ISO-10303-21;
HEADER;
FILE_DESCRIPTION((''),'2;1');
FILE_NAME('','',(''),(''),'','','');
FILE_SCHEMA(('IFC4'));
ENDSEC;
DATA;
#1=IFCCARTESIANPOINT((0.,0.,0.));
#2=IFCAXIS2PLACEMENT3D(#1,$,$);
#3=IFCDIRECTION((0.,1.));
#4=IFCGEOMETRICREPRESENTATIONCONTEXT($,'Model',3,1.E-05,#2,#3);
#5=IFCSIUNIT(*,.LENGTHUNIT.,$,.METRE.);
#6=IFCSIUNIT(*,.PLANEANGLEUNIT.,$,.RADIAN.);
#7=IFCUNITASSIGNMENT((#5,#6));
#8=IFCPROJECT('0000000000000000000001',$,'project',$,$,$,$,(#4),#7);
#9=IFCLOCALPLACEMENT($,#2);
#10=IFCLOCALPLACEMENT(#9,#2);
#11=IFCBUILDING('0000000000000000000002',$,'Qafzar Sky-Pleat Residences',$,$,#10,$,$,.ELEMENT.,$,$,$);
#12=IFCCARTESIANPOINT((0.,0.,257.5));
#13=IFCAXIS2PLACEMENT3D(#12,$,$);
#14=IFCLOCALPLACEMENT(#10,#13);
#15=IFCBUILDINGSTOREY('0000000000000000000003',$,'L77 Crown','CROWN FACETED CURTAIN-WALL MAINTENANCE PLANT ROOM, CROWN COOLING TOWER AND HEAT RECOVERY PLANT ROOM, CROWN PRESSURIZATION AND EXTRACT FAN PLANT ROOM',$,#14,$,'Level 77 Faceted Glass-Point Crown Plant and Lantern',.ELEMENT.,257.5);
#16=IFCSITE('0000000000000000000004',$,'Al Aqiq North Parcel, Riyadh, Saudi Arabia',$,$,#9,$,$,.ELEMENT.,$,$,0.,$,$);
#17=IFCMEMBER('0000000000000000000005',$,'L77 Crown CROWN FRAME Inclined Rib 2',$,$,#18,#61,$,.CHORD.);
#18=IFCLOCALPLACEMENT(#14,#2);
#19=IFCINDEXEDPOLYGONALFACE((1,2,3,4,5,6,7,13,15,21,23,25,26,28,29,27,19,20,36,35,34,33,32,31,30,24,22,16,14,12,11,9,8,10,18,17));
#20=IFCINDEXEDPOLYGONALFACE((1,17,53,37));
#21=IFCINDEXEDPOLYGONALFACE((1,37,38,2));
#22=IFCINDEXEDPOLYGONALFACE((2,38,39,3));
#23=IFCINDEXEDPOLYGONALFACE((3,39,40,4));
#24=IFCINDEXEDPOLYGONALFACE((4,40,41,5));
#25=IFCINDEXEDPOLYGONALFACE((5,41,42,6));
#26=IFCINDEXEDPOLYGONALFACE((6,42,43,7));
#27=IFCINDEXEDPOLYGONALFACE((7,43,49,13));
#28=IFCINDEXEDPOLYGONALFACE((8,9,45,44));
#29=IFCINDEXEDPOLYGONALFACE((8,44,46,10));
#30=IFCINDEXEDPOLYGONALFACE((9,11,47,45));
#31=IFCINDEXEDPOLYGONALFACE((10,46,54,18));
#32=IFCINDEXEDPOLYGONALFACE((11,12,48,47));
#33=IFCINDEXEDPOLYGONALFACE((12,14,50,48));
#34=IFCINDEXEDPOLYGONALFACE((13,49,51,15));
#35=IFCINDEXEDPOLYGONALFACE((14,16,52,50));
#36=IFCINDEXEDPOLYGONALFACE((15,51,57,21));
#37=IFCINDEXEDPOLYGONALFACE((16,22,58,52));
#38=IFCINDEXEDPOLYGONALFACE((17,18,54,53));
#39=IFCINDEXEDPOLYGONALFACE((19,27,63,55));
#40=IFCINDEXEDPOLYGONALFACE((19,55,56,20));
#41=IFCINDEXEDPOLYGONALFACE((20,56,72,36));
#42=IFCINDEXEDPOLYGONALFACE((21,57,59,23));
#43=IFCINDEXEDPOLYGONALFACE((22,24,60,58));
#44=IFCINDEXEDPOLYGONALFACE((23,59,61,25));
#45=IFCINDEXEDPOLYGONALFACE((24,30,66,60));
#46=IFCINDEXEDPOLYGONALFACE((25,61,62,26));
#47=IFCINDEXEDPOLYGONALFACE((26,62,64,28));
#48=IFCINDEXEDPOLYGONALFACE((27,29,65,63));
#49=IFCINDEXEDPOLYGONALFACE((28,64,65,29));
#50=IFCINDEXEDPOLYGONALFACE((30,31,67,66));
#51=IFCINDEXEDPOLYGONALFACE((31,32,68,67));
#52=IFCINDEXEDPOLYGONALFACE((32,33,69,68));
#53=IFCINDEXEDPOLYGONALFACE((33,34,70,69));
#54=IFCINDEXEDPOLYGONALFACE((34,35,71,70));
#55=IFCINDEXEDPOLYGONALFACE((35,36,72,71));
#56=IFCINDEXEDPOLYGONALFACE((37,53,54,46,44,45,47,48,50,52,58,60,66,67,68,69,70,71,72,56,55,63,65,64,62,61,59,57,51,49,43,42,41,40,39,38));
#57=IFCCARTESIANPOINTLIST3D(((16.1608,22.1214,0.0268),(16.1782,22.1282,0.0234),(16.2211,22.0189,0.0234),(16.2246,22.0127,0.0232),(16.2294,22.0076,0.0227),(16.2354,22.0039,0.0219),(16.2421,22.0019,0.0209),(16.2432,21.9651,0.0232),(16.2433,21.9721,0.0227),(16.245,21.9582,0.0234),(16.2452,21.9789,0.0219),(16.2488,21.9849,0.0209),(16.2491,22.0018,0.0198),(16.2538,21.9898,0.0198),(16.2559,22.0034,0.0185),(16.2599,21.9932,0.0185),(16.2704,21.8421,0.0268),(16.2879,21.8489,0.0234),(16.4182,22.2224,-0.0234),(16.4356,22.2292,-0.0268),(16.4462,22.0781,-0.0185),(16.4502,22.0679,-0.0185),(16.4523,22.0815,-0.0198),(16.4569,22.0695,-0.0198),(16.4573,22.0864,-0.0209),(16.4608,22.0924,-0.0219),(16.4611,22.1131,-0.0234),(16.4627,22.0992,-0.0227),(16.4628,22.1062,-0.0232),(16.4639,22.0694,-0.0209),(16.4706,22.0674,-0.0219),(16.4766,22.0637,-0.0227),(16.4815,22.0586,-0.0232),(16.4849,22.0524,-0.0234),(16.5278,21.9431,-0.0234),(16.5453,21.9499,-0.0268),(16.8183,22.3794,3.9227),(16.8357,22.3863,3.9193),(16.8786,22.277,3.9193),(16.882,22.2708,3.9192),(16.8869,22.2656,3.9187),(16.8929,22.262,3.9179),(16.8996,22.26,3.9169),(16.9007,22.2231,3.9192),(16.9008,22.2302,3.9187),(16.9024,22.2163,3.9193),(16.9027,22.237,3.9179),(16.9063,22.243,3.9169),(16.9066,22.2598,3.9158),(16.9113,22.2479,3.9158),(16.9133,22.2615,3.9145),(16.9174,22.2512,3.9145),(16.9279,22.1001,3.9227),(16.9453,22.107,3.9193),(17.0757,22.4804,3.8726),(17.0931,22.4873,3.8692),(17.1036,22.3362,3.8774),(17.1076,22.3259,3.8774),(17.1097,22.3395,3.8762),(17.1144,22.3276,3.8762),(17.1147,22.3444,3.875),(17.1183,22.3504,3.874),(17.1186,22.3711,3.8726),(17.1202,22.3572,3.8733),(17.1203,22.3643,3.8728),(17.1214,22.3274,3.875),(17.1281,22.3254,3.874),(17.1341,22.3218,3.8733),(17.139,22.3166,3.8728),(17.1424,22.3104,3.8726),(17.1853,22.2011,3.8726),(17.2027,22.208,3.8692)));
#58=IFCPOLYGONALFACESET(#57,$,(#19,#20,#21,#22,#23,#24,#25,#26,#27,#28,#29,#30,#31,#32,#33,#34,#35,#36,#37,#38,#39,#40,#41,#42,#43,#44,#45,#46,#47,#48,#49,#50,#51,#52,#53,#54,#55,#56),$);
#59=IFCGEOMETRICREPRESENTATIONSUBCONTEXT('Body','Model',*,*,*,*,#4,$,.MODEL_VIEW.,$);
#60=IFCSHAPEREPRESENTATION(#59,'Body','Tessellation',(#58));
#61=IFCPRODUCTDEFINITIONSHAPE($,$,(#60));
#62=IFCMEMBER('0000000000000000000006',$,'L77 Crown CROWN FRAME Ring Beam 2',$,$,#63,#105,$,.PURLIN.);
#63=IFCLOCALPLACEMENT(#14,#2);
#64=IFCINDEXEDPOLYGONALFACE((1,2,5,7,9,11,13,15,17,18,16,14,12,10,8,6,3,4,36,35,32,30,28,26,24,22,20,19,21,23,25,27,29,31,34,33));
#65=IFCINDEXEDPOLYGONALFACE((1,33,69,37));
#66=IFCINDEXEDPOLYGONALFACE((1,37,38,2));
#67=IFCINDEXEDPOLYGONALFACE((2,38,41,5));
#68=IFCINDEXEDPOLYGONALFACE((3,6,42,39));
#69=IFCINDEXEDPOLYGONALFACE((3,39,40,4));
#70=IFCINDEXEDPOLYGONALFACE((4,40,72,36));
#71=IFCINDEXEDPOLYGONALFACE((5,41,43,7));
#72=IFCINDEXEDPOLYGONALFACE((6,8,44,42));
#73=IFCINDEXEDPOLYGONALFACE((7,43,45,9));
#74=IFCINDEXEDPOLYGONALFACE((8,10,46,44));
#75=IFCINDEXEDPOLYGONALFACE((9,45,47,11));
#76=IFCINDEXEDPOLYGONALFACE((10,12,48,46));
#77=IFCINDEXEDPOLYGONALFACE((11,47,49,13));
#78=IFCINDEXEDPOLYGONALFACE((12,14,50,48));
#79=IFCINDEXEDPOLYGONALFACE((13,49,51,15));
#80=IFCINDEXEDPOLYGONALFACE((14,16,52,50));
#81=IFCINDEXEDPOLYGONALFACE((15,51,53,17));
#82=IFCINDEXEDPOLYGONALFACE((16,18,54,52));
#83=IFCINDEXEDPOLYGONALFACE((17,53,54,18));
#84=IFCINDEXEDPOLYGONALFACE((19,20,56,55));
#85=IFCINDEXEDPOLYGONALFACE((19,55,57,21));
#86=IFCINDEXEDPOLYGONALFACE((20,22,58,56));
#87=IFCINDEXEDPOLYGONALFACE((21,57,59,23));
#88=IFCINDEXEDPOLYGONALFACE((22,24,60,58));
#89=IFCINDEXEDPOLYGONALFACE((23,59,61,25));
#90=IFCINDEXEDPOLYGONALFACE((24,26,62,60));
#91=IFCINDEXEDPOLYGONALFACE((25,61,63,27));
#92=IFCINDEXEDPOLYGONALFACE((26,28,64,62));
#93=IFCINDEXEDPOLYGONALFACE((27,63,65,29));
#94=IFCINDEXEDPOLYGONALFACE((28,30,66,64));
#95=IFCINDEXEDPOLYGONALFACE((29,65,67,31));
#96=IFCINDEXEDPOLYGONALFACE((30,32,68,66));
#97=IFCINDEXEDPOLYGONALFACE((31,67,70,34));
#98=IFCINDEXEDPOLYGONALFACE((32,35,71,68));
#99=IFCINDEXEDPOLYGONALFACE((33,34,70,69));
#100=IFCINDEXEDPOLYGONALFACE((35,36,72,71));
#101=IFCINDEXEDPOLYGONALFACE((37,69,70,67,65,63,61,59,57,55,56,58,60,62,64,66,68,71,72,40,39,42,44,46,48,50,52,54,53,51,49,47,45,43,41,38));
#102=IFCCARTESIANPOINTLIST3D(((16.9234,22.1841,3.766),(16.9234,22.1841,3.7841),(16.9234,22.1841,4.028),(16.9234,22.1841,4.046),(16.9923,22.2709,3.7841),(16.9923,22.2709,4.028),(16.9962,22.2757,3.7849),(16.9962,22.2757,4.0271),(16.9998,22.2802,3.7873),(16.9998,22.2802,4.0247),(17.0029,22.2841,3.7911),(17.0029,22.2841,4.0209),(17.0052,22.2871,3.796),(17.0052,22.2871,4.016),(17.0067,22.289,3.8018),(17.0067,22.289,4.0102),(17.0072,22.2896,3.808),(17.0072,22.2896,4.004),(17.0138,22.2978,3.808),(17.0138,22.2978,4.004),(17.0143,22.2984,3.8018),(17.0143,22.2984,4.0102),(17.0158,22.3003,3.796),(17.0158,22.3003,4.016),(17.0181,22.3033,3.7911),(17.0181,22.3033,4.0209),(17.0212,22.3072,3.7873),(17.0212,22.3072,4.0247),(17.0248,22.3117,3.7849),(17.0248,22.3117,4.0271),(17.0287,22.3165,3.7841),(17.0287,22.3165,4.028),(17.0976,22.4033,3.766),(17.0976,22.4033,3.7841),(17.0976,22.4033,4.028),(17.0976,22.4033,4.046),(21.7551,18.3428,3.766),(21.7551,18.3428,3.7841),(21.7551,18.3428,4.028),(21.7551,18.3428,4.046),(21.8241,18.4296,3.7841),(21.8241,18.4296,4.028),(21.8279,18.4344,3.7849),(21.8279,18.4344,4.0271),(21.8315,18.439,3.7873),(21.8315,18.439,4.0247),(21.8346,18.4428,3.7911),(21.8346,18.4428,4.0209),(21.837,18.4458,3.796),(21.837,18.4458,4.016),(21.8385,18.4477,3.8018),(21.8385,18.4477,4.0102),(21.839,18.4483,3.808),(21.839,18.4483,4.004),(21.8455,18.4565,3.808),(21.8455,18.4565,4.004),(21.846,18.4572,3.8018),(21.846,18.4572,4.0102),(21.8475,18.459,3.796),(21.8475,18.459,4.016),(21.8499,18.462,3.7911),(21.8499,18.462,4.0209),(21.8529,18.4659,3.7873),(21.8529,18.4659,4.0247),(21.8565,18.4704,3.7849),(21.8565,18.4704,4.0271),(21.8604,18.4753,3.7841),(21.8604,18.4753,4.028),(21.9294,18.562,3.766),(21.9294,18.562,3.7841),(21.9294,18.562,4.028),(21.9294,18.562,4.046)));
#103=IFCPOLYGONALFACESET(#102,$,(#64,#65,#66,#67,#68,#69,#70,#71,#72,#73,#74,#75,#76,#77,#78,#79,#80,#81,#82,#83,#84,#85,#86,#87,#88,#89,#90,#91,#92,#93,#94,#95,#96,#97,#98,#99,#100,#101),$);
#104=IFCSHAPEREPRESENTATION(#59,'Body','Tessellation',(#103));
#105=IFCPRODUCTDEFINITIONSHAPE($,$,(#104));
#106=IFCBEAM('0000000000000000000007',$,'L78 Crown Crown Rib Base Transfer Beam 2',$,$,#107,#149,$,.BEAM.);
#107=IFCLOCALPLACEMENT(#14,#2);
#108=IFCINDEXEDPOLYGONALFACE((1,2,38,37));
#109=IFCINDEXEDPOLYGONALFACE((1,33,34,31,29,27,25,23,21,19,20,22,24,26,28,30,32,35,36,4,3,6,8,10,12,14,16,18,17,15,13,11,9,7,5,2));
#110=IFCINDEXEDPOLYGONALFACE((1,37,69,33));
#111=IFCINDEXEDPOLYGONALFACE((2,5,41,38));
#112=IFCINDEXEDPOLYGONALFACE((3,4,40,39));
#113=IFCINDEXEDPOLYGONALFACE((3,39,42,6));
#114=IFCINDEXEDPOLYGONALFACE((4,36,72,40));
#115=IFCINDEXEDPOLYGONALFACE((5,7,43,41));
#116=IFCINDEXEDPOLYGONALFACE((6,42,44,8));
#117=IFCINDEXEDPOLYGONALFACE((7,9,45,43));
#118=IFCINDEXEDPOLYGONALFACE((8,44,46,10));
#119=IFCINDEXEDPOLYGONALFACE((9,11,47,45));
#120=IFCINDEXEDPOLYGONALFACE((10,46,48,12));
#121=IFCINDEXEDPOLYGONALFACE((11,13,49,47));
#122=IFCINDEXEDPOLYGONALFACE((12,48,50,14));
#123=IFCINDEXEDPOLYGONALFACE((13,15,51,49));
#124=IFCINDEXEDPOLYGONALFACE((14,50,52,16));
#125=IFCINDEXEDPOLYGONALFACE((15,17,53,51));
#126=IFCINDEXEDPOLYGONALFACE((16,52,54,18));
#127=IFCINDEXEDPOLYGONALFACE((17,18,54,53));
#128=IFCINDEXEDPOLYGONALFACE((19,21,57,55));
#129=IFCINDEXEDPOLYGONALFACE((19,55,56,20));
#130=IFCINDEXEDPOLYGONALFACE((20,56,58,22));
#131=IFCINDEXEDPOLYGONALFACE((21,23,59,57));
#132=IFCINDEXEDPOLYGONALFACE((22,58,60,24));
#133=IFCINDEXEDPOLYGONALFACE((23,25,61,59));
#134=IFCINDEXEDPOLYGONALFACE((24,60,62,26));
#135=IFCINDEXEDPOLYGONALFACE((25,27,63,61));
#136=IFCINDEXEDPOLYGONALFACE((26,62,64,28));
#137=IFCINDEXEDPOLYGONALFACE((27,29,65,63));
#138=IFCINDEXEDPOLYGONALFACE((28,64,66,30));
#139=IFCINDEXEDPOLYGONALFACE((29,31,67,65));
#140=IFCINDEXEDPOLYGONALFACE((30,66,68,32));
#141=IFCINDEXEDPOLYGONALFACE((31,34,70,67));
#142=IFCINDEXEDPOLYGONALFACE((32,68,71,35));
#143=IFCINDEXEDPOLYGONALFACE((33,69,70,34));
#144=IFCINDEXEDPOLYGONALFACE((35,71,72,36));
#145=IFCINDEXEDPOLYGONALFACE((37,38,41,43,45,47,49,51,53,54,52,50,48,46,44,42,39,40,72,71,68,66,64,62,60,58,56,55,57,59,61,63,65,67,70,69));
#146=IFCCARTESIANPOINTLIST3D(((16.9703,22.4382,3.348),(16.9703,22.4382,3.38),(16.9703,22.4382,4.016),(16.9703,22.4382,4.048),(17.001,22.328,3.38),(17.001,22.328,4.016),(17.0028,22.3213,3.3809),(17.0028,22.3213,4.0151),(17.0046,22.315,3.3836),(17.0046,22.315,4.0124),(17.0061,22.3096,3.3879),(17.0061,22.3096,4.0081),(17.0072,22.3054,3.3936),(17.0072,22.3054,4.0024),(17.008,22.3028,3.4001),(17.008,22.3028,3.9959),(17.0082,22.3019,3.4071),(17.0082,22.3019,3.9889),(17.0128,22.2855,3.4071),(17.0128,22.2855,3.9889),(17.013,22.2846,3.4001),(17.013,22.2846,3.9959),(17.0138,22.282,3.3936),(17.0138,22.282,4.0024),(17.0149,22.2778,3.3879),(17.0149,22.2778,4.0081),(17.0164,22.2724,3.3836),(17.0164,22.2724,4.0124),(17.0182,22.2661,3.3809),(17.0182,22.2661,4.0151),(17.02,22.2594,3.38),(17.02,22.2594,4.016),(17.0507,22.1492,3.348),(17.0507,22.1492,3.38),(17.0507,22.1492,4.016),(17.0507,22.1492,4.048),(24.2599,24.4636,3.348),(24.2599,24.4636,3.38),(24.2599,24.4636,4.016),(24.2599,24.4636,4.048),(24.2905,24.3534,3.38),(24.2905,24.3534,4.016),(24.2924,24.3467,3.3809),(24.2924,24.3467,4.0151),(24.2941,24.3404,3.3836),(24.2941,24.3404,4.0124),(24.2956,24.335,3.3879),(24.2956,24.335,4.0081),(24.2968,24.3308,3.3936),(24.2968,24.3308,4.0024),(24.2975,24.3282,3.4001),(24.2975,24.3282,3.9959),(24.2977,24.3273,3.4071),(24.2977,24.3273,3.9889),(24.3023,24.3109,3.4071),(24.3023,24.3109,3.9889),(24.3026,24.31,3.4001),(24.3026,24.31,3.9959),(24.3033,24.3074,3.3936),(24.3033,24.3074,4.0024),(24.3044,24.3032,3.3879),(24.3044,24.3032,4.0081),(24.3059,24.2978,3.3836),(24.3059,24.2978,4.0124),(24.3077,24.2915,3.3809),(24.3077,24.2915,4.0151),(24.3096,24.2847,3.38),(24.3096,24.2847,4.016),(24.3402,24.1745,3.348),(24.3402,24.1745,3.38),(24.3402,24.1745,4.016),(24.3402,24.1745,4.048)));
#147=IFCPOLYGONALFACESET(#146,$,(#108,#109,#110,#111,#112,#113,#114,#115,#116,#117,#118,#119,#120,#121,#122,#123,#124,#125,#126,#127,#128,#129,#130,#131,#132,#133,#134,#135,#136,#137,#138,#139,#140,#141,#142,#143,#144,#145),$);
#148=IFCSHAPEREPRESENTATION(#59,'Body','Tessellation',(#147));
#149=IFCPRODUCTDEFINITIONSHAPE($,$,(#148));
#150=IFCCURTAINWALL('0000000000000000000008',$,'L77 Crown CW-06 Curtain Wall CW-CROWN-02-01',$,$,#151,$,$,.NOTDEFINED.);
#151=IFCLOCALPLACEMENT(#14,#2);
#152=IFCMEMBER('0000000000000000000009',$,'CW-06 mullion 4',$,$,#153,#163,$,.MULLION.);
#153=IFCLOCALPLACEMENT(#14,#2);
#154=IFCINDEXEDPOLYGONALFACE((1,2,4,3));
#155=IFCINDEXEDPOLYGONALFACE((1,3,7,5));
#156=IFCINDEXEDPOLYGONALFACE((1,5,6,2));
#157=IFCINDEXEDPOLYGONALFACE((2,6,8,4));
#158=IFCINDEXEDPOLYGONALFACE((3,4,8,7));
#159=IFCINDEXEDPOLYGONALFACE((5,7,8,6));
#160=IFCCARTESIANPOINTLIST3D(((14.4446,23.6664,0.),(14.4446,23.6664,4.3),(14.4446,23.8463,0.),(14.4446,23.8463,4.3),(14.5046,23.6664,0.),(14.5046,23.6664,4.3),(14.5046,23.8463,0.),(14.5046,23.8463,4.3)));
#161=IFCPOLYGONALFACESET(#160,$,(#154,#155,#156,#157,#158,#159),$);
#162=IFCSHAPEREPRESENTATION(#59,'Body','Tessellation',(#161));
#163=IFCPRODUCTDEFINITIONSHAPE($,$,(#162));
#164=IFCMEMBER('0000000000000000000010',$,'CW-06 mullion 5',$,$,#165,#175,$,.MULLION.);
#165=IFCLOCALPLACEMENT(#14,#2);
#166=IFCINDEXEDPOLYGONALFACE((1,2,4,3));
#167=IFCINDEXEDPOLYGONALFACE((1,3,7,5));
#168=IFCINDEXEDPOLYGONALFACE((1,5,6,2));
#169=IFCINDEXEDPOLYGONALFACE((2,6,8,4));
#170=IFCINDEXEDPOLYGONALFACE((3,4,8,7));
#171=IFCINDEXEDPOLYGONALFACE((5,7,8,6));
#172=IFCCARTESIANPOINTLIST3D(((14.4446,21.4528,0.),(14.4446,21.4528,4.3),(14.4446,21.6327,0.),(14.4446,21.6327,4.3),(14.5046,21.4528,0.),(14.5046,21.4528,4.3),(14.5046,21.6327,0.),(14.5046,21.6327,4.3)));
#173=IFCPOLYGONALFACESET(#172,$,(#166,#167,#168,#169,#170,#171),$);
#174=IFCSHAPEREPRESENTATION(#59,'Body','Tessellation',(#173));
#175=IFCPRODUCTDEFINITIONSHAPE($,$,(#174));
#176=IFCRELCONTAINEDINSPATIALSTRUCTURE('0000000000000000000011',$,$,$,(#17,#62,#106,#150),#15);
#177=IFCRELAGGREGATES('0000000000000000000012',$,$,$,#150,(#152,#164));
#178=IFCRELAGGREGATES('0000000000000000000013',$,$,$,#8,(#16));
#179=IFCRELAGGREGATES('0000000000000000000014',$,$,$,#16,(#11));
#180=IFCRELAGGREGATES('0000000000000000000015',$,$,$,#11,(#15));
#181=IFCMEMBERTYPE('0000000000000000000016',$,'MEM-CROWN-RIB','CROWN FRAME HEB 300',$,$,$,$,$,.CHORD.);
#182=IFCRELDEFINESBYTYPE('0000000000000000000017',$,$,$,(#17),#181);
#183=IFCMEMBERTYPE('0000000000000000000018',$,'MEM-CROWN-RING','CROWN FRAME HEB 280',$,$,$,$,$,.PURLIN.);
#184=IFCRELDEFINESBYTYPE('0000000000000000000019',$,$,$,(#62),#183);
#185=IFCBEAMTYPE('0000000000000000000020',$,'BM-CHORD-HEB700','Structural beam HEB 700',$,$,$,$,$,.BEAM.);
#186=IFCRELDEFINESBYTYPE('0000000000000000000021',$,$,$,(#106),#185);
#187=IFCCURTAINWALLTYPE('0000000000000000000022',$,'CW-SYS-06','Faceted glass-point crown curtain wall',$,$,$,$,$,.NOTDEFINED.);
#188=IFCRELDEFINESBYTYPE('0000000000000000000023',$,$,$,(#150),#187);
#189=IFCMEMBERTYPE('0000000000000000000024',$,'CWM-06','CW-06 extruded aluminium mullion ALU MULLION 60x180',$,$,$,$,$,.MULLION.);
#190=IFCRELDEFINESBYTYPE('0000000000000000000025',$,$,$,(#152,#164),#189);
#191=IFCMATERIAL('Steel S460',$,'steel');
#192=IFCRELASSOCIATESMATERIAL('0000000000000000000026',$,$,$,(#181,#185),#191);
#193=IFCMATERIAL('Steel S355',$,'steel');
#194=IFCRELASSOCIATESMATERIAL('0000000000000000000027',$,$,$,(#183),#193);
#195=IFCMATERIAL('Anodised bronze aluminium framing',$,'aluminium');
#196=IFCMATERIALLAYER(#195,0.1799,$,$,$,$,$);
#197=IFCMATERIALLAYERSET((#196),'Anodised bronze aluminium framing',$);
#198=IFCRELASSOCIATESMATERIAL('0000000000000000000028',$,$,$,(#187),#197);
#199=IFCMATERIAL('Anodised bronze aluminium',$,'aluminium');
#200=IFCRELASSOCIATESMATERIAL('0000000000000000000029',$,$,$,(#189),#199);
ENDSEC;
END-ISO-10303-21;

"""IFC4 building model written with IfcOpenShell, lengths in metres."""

from ifc_helpers import new_model, si_unit, direction, frame, origin, origin_2d, place, context, subcontext, project, spatial, rectangle, i_section, extrude, source, transform, mapped, material, layer, layer_set, material_profile, profile_set, type_object, element, aggregate, save


model = new_model("IFC4")

# Units and contexts
model_context = context("Model", 3, precision=1e-05, world=origin(), true_north=direction((0.0, 1.0)))
body_context = subcontext(model_context, "Body", "Model", "MODEL_VIEW")
ifc_project = project(units=[si_unit("LENGTHUNIT", "METRE"), si_unit("PLANEANGLEUNIT", "RADIAN")], contexts=[model_context])

# Site, building, storey
site_placement = place(None, origin())
site = spatial("IfcSite", under=ifc_project, at=site_placement, Name="Al Aqiq North Parcel, Riyadh, Saudi Arabia", CompositionType="ELEMENT", RefElevation=0.0)
building_placement = place(site_placement, origin())
building = spatial("IfcBuilding", under=site, at=building_placement, Name="Qafzar Sky-Pleat Residences", CompositionType="ELEMENT")
storey_placement = place(building_placement, frame((0.0, 0.0, 257.5)))
storey = spatial("IfcBuildingStorey", under=building, at=storey_placement, Name="L77 Crown", Description="CROWN FACETED CURTAIN-WALL MAINTENANCE PLANT ROOM, CROWN COOLING TOWER AND HEAT RECOVERY PLANT ROOM, CROWN PRESSURIZATION AND EXTRACT FAN PLANT ROOM", LongName="Level 77 Faceted Glass-Point Crown Plant and Lantern", CompositionType="ELEMENT", Elevation=257.5)

# Members
ifc_material_1 = material(Name="Steel S460", Category="steel")
ifc_material_profile_1 = material_profile(ifc_material_1, i_section(OverallWidth=0.3, OverallDepth=0.3, WebThickness=0.011, FlangeThickness=0.019, FilletRadius=0.0271, at=origin_2d()), Name="HEB 300")
ifc_profile_set_1 = profile_set([ifc_material_profile_1], Name="Steel S460")
member_type_1 = type_object("IfcMemberType", Name="MEM-CROWN-RIB", Description="CROWN FRAME HEB 300", PredefinedType="CHORD", material=ifc_profile_set_1)
shared_shape_1 = source(origin(), body_context, "Body", "SweptSolid", [
    extrude(i_section(OverallWidth=0.3, OverallDepth=0.3, WebThickness=0.011, FlangeThickness=0.019, FilletRadius=0.0271, at=origin_2d()), origin(), (0.0, 0.0, 1.0), 3.9595),
])
member_1_placement = place(storey_placement, frame((16.353, 22.0356, 0.0), z_axis=(0.166049, 0.065174, 0.983961), x_axis=(-0.365364, 0.930865, 0.0)))
element("IfcMember", 1, at=member_1_placement, inside=storey, type_object=member_type_1, Name="L77 Crown CROWN FRAME Inclined Rib 2", PredefinedType="CHORD", context=body_context, shape_type="MappedRepresentation", body=[
    mapped(shared_shape_1, transform((0.0, 0.0, 0.0), x_axis=(1.0, 0.0, 0.0), y_axis=(0.0, 1.0, 0.0), z_axis=(0.0, 0.0, 1.0), scale=1.0)),
])
ifc_material_2 = material(Name="Steel S355", Category="steel")
ifc_material_profile_2 = material_profile(ifc_material_2, i_section(OverallWidth=0.28, OverallDepth=0.28, WebThickness=0.0105, FlangeThickness=0.0181, FilletRadius=0.0239, at=origin_2d()), Name="HEB 280")
ifc_profile_set_2 = profile_set([ifc_material_profile_2], Name="Steel S355")
member_type_2 = type_object("IfcMemberType", Name="MEM-CROWN-RING", Description="CROWN FRAME HEB 280", PredefinedType="PURLIN", material=ifc_profile_set_2)
shared_shape_2 = source(origin(), body_context, "Body", "SweptSolid", [
    extrude(i_section(OverallWidth=0.28, OverallDepth=0.28, WebThickness=0.0105, FlangeThickness=0.0181, FilletRadius=0.0239, at=origin_2d()), origin(), (0.0, 0.0, 1.0), 6.1726),
])
member_2_placement = place(storey_placement, frame((17.0105, 22.2937, 3.906), z_axis=(0.782771, -0.622309, 0.0), x_axis=(0.622309, 0.782771, 0.0)))
element("IfcMember", 2, at=member_2_placement, inside=storey, type_object=member_type_2, Name="L77 Crown CROWN FRAME Ring Beam 2", PredefinedType="PURLIN", context=body_context, shape_type="MappedRepresentation", body=[
    mapped(shared_shape_2, transform((0.0, 0.0, 0.0), x_axis=(1.0, 0.0, 0.0), y_axis=(0.0, 1.0, 0.0), z_axis=(0.0, 0.0, 1.0), scale=1.0)),
])

# Beam
ifc_material_profile_3 = material_profile(ifc_material_1, i_section(OverallWidth=0.3, OverallDepth=0.7, WebThickness=0.0171, FlangeThickness=0.032, FilletRadius=0.0271, at=origin_2d()), Name="HEB 700")
ifc_profile_set_3 = profile_set([ifc_material_profile_3], Name="Steel S460")
beam_type = type_object("IfcBeamType", Name="BM-CHORD-HEB700", Description="Structural beam HEB 700", PredefinedType="BEAM", material=ifc_profile_set_3)
shared_shape_3 = source(origin(), body_context, "Body", "SweptSolid", [
    extrude(i_section(OverallWidth=0.3, OverallDepth=0.7, WebThickness=0.0171, FlangeThickness=0.032, FilletRadius=0.0271, at=origin_2d()), origin(), (0.0, 0.0, 1.0), 7.5657),
])
beam_placement = place(storey_placement, frame((17.0105, 22.2937, 3.698), z_axis=(0.9635, 0.267707, 0.0), x_axis=(-0.267707, 0.9635, 0.0)))
element("IfcBeam", 3, at=beam_placement, inside=storey, type_object=beam_type, Name="L78 Crown Crown Rib Base Transfer Beam 2", PredefinedType="BEAM", context=body_context, shape_type="MappedRepresentation", body=[
    mapped(shared_shape_3, transform((0.0, 0.0, 0.0), x_axis=(1.0, 0.0, 0.0), y_axis=(0.0, 1.0, 0.0), z_axis=(0.0, 0.0, 1.0), scale=1.0)),
])

# Curtain wall, members
ifc_material_3 = material(Name="Anodised bronze aluminium framing", Category="aluminium")
ifc_layer_1 = layer(ifc_material_3, 0.1799)
ifc_layer_set_1 = layer_set([ifc_layer_1], Name="Anodised bronze aluminium framing")
curtain_wall_type = type_object("IfcCurtainWallType", Name="CW-SYS-06", Description="Faceted glass-point crown curtain wall", PredefinedType="NOTDEFINED", material=ifc_layer_set_1)
curtain_wall_1_placement = place(storey_placement, origin())
curtain_wall_1 = element("IfcCurtainWall", 4, at=curtain_wall_1_placement, inside=storey, type_object=curtain_wall_type, Name="L77 Crown CW-06 Curtain Wall CW-CROWN-02-01", PredefinedType="NOTDEFINED")
ifc_material_4 = material(Name="Anodised bronze aluminium", Category="aluminium")
ifc_material_profile_4 = material_profile(ifc_material_4, rectangle(XDim=0.0601, YDim=0.1799, at=origin_2d()), Name="ALU MULLION 60x180")
ifc_profile_set_4 = profile_set([ifc_material_profile_4], Name="Anodised bronze aluminium")
member_type_3 = type_object("IfcMemberType", Name="CWM-06", Description="CW-06 extruded aluminium mullion ALU MULLION 60x180", PredefinedType="MULLION", material=ifc_profile_set_4)
shared_shape_4 = source(origin(), body_context, "Body", "SweptSolid", [
    extrude(rectangle(XDim=0.0601, YDim=0.1799, at=origin_2d()), origin(), (0.0, 0.0, 1.0), 4.3),
])
member_3_placement = place(storey_placement, frame((14.4746, 23.7563, 0.0), z_axis=(0.0, 0.0, 1.0), x_axis=(1.0, 0.0, 0.0)))
member_3 = element("IfcMember", 5, at=member_3_placement, type_object=member_type_3, Name="CW-06 mullion 4", PredefinedType="MULLION", context=body_context, shape_type="MappedRepresentation", body=[
    mapped(shared_shape_4, transform((0.0, 0.0, 0.0), x_axis=(1.0, 0.0, 0.0), y_axis=(0.0, 1.0, 0.0), z_axis=(0.0, 0.0, 1.0), scale=1.0)),
])
member_4_placement = place(storey_placement, frame((14.4746, 21.5427, 0.0), z_axis=(0.0, 0.0, 1.0), x_axis=(1.0, 0.0, 0.0)))
member_4 = element("IfcMember", 6, at=member_4_placement, type_object=member_type_3, Name="CW-06 mullion 5", PredefinedType="MULLION", context=body_context, shape_type="MappedRepresentation", body=[
    mapped(shared_shape_4, transform((0.0, 0.0, 0.0), x_axis=(1.0, 0.0, 0.0), y_axis=(0.0, 1.0, 0.0), z_axis=(0.0, 0.0, 1.0), scale=1.0)),
])

aggregate(curtain_wall_1, [member_3, member_4])

save(model, "model.ifc")
